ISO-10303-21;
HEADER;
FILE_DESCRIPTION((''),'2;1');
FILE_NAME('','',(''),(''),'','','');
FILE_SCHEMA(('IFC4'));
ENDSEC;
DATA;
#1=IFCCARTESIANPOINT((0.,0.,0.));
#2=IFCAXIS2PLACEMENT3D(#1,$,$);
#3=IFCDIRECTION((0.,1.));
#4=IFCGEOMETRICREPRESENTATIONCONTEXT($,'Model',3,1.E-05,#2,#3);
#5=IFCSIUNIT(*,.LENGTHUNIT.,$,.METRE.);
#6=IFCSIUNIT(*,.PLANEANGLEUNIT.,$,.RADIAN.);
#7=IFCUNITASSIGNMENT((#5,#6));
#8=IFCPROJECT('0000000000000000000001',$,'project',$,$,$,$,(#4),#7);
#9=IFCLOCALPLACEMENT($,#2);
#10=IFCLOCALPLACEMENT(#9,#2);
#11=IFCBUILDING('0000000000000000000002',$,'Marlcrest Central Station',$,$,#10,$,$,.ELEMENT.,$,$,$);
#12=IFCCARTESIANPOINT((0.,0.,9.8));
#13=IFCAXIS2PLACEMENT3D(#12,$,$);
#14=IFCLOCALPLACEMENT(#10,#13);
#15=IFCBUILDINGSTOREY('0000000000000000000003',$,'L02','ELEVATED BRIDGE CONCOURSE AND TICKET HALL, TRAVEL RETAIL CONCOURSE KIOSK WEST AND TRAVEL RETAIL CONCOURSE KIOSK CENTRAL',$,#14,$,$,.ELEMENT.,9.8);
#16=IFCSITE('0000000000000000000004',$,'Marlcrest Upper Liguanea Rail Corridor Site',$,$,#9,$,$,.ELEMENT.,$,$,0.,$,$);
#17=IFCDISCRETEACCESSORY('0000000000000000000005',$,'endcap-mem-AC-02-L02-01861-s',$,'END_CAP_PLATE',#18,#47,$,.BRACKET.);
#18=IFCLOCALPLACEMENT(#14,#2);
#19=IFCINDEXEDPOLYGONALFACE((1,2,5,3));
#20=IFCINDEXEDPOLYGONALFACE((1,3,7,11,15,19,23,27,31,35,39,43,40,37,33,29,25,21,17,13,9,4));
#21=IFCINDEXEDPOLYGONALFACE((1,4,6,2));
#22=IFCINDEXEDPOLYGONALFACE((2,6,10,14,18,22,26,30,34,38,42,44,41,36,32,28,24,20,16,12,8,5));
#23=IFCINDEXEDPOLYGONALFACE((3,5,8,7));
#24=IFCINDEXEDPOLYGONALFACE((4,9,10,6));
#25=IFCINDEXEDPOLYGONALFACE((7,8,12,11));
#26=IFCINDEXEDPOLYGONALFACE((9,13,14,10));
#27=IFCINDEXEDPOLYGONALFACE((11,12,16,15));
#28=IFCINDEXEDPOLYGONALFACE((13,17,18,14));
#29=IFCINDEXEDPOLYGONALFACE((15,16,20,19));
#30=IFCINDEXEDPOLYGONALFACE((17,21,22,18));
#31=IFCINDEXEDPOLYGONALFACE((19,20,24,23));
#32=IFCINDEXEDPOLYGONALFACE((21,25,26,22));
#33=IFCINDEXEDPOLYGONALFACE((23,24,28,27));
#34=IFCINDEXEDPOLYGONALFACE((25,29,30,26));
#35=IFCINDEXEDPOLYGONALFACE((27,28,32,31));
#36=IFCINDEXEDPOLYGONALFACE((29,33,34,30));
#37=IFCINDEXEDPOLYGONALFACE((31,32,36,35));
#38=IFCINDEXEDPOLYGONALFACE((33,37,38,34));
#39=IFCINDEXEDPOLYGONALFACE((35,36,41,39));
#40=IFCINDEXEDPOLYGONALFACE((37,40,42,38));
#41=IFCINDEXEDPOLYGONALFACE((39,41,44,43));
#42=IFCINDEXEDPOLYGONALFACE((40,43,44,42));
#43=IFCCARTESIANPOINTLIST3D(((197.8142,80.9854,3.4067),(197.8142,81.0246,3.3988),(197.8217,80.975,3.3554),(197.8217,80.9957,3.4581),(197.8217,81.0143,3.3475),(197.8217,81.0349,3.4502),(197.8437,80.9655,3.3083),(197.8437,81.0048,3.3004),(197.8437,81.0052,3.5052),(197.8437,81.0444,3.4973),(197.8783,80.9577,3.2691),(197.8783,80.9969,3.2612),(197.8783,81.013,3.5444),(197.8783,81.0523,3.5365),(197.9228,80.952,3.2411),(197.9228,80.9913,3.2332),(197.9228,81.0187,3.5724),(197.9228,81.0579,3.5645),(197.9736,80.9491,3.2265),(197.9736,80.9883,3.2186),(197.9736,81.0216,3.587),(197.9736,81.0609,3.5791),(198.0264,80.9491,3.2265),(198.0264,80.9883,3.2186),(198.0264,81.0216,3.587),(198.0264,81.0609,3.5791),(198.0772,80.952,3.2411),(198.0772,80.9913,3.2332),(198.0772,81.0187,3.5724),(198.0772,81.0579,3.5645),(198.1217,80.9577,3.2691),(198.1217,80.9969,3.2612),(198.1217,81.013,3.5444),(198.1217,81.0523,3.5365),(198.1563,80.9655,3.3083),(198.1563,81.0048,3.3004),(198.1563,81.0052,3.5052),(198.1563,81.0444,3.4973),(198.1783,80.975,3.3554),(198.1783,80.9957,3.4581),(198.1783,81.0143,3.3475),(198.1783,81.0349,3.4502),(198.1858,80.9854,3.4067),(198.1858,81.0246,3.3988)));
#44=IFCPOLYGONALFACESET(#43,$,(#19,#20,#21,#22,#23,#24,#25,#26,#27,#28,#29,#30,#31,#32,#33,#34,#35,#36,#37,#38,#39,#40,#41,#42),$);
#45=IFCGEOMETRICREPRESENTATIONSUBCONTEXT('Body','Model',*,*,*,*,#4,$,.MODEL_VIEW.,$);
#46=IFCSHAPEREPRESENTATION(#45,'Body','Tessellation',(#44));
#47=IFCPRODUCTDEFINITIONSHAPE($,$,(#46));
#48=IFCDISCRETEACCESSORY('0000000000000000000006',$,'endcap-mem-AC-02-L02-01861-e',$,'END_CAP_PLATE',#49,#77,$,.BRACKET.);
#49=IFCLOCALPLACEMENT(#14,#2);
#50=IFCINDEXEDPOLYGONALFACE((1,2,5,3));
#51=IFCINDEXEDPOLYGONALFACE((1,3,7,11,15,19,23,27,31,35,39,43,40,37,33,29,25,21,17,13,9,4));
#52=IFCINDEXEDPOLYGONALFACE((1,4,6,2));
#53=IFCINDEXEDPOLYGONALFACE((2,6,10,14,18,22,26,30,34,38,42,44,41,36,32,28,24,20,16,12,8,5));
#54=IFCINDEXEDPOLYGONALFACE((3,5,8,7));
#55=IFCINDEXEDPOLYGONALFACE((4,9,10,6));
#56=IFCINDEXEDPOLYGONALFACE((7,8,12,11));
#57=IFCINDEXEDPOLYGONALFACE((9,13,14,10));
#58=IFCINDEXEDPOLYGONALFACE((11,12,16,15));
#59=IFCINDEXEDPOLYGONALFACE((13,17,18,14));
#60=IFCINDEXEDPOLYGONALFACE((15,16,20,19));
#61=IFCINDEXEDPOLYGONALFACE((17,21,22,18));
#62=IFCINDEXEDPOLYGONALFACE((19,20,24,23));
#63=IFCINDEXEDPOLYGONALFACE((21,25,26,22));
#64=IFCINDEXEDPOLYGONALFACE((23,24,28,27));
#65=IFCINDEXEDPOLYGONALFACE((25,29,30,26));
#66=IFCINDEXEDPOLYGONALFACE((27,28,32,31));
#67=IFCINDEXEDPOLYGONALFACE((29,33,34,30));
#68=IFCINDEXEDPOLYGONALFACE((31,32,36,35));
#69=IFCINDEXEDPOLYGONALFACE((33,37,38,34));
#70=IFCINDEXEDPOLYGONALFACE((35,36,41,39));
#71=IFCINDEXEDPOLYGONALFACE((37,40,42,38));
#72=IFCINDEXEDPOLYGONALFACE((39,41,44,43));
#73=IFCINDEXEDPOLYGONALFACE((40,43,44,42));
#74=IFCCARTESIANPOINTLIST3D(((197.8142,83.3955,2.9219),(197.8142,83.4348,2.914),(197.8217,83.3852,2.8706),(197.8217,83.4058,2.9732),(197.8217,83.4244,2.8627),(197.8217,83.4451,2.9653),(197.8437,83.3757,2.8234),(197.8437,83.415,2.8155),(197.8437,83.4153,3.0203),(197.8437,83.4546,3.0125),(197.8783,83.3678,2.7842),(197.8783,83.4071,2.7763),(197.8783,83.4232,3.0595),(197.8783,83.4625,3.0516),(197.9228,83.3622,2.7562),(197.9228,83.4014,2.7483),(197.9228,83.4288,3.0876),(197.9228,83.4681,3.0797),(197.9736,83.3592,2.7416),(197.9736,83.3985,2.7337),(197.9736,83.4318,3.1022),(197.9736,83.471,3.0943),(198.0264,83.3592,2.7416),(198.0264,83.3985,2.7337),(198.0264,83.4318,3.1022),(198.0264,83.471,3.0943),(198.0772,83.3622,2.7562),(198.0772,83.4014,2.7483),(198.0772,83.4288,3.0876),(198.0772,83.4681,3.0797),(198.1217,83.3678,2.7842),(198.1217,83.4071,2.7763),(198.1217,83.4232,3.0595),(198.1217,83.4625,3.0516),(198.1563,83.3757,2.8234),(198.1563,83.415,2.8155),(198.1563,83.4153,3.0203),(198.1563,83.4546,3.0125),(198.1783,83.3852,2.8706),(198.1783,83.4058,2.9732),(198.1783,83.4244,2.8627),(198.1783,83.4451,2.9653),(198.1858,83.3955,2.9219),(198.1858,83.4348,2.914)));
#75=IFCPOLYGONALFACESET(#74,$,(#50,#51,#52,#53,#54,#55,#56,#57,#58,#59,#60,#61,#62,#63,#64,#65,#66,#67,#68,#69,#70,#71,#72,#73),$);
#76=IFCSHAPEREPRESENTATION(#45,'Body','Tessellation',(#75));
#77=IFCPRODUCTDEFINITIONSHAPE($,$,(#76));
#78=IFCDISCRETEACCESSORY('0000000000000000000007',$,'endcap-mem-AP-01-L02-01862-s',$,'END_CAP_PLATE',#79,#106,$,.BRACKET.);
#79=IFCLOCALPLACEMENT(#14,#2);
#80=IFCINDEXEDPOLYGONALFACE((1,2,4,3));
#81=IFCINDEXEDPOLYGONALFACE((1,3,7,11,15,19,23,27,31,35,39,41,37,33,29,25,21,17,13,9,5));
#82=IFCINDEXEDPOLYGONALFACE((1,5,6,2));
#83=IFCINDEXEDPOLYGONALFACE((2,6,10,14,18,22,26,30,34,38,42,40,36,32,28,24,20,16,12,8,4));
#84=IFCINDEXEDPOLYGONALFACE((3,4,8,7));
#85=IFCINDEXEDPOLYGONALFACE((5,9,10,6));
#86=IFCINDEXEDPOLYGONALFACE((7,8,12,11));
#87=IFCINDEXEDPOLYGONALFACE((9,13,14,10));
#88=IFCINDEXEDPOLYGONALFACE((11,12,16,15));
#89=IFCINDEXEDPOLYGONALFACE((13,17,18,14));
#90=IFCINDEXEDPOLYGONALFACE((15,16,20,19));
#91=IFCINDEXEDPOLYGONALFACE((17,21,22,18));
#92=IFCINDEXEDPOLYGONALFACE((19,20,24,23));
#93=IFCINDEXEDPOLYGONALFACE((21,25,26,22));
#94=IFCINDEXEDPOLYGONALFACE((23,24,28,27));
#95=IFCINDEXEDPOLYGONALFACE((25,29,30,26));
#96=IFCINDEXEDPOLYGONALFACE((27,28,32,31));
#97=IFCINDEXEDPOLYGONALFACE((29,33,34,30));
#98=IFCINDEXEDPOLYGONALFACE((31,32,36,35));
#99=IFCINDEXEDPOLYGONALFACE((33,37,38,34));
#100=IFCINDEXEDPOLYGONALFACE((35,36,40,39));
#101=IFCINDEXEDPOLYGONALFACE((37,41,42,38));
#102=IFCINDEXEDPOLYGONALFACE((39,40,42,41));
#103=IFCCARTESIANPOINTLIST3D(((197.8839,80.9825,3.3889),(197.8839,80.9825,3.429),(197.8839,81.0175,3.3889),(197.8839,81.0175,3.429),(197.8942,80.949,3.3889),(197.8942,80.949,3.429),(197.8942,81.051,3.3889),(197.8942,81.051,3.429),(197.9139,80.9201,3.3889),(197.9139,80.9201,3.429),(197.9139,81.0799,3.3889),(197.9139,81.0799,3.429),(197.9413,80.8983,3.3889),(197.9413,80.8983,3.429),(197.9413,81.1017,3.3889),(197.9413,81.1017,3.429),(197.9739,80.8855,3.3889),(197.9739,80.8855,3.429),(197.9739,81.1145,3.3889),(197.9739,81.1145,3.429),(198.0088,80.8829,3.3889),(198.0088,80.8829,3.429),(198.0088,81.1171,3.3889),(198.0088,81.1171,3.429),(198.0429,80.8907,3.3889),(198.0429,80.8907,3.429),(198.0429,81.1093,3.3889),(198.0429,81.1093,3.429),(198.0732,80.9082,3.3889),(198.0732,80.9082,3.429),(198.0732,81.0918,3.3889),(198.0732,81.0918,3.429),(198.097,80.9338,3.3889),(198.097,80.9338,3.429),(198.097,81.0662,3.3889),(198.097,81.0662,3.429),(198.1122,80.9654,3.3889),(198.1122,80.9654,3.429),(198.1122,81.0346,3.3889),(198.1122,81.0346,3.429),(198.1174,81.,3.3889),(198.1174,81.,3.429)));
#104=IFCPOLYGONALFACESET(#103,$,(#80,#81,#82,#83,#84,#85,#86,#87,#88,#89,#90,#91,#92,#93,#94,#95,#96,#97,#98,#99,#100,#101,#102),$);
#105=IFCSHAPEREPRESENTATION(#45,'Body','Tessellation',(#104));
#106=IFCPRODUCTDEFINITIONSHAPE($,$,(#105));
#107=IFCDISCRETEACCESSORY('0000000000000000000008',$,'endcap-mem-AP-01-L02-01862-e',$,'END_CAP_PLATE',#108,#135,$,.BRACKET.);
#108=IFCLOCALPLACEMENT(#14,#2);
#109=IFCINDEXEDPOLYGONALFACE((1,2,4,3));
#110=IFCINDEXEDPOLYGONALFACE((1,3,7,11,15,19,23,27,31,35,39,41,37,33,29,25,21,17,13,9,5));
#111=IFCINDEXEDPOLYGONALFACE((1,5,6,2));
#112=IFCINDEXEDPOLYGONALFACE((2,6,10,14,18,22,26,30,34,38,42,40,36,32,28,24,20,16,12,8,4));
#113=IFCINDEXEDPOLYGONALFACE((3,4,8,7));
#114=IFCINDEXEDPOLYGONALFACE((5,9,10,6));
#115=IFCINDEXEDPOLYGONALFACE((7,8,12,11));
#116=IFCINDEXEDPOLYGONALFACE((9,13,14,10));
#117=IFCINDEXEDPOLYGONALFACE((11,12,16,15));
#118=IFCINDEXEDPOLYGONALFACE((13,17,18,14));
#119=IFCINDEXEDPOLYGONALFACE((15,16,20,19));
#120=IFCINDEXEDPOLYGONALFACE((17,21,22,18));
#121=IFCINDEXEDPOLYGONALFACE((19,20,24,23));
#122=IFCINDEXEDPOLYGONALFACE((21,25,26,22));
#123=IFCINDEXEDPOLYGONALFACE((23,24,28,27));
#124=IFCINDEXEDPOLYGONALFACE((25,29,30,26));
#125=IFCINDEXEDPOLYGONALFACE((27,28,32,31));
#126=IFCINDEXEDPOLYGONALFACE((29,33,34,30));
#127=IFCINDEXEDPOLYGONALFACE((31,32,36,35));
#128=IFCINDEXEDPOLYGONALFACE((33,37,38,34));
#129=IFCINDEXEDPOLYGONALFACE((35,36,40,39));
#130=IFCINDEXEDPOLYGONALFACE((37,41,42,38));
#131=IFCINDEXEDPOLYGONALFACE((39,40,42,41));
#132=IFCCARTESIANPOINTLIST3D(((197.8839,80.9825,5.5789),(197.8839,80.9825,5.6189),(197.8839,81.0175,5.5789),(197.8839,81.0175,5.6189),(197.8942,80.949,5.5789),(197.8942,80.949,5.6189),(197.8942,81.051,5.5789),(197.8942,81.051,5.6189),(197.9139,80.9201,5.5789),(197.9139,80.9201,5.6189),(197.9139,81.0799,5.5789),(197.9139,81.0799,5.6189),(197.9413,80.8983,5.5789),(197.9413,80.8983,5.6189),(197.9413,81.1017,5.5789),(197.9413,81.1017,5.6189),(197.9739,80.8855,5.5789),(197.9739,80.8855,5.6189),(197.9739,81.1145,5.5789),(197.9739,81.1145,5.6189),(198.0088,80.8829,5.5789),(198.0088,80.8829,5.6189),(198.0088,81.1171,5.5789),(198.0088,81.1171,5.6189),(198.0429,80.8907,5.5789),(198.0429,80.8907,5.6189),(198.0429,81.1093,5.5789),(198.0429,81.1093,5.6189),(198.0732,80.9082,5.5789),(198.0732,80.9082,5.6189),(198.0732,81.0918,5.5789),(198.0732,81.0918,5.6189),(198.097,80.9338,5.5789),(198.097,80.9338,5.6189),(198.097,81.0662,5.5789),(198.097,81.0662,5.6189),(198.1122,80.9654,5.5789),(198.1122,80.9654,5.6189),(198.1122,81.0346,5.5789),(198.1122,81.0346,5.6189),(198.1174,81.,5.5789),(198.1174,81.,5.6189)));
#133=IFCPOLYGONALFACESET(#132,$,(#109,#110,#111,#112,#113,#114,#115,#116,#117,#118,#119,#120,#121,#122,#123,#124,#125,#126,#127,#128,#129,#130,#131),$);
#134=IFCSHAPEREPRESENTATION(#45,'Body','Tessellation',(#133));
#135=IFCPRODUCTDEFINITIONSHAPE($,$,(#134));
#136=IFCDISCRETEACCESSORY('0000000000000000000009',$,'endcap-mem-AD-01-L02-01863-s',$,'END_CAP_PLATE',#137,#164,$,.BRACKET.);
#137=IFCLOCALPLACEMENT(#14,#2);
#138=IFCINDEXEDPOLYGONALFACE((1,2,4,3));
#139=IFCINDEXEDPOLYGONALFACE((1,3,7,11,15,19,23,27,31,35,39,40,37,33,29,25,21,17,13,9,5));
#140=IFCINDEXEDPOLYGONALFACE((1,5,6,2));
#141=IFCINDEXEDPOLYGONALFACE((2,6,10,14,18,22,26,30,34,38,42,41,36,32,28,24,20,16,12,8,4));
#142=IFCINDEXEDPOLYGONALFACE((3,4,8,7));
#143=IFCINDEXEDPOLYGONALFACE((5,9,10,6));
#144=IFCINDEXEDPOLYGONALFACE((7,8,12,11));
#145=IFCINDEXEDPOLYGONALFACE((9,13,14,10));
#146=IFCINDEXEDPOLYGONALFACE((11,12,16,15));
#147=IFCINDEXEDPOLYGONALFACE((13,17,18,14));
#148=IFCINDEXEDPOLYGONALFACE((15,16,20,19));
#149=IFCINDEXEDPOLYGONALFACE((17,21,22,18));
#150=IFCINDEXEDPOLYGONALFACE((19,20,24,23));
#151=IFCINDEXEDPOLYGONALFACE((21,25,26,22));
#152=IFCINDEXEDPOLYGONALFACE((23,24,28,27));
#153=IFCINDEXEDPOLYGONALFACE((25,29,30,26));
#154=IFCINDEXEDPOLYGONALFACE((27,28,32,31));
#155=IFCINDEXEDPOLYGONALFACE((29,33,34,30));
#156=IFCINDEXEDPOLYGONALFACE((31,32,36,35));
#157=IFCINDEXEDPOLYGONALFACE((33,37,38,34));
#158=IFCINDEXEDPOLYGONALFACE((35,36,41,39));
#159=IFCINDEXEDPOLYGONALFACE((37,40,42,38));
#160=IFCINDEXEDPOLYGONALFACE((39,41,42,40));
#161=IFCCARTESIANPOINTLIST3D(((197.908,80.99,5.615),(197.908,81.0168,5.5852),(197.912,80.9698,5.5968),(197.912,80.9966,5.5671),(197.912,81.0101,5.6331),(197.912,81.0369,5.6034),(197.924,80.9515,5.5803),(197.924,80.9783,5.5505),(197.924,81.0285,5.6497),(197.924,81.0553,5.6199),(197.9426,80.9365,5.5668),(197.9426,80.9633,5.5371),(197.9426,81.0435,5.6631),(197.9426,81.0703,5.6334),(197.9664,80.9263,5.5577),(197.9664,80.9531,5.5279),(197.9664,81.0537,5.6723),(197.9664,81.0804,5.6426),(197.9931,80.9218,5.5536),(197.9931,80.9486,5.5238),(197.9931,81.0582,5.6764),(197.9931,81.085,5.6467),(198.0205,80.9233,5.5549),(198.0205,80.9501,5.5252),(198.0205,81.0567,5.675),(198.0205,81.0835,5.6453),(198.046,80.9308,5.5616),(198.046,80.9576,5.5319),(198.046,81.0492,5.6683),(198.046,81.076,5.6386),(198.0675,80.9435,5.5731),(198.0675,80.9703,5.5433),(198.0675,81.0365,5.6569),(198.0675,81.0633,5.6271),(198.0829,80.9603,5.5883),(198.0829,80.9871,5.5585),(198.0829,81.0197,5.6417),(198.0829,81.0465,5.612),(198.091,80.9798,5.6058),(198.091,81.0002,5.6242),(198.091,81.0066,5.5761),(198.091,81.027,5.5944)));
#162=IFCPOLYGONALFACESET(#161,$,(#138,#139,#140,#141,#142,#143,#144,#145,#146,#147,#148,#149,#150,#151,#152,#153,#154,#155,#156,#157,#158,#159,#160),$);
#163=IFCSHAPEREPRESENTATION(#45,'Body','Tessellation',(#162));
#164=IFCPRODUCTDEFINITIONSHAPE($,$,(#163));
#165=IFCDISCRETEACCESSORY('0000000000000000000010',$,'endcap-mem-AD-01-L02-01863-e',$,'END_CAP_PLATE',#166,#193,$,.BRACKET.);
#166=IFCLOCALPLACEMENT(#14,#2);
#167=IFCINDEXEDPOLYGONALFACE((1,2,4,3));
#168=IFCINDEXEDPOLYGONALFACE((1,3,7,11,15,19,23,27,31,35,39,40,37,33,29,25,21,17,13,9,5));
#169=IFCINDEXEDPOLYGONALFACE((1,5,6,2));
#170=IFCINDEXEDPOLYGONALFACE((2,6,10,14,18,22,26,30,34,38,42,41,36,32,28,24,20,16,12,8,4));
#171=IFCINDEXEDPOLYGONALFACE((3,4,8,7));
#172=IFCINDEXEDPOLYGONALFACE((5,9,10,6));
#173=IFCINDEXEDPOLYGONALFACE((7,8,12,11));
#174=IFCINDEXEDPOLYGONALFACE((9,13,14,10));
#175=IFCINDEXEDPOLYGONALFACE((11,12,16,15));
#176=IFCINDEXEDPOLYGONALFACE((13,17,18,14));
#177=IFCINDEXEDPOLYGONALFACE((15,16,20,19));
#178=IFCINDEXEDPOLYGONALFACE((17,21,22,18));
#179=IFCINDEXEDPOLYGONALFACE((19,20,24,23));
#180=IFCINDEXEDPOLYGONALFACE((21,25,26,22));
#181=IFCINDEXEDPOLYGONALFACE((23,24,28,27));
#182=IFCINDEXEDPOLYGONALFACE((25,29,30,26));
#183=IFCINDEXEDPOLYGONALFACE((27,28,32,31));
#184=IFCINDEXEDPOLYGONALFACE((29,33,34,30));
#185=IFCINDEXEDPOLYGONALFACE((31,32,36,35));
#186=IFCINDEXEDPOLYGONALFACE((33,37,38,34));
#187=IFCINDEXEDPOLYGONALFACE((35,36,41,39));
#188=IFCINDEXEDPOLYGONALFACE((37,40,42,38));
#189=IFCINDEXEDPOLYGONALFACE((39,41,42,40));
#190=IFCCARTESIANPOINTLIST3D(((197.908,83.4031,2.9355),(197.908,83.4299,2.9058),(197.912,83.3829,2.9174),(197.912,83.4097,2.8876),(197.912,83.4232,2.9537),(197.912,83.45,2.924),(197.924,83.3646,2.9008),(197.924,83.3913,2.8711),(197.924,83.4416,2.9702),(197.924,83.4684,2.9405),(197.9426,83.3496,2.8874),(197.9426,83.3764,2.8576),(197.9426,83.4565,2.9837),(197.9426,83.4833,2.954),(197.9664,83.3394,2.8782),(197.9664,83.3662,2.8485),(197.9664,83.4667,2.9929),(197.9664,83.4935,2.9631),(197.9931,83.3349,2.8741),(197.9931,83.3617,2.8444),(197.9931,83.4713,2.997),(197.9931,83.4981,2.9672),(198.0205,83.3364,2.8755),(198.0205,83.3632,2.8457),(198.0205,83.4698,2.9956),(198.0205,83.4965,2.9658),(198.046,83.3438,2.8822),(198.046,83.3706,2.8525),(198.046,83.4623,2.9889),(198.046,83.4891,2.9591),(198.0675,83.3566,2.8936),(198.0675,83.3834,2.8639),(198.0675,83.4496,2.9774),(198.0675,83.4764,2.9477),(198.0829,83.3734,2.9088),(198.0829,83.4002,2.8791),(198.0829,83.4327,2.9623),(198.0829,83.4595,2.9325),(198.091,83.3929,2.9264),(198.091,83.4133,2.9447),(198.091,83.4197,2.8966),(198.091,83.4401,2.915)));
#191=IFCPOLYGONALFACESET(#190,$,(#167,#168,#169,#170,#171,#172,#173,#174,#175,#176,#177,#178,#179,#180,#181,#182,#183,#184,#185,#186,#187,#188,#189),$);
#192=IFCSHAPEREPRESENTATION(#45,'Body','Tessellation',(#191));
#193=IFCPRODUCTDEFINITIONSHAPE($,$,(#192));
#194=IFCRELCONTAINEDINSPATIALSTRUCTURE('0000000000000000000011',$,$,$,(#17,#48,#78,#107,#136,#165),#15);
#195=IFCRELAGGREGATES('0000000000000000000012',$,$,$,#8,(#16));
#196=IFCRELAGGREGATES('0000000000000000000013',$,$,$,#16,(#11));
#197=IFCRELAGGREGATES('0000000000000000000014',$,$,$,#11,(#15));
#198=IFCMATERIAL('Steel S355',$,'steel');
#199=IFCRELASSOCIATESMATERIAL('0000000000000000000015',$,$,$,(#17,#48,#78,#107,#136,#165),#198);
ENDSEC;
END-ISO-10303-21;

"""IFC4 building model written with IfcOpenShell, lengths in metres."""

from ifc_helpers import new_model, si_unit, direction, frame, origin, origin_2d, place, context, subcontext, project, spatial, circle, extrude, material, element, save


model = new_model("IFC4")

# Units and contexts
model_context = context("Model", 3, precision=1e-05, world=origin(), true_north=direction((0.0, 1.0)))
body_context = subcontext(model_context, "Body", "Model", "MODEL_VIEW")
ifc_project = project(units=[si_unit("LENGTHUNIT", "METRE"), si_unit("PLANEANGLEUNIT", "RADIAN")], contexts=[model_context])

# Site, building, storey
site_placement = place(None, origin())
site = spatial("IfcSite", under=ifc_project, at=site_placement, Name="Marlcrest Upper Liguanea Rail Corridor Site", CompositionType="ELEMENT", RefElevation=0.0)
building_placement = place(site_placement, origin())
building = spatial("IfcBuilding", under=site, at=building_placement, Name="Marlcrest Central Station", CompositionType="ELEMENT")
storey_placement = place(building_placement, frame((0.0, 0.0, 9.8)))
storey = spatial("IfcBuildingStorey", under=building, at=storey_placement, Name="L02", Description="ELEVATED BRIDGE CONCOURSE AND TICKET HALL, TRAVEL RETAIL CONCOURSE KIOSK WEST AND TRAVEL RETAIL CONCOURSE KIOSK CENTRAL", CompositionType="ELEMENT", Elevation=9.8)

# Shared definitions
ifc_material_1 = material(Name="Steel S355", Category="steel")

# Discrete accessories
for number, where, z_axis, x_axis, name in (
    (1, (198.0, 80.9854, 3.4067), (0.0, 0.980359, -0.197219), (-1.0, 0.0, 0.0), "endcap-mem-AC-02-L02-01861-s"),
    (2, (198.0, 83.3955, 2.9219), (0.0, 0.980359, -0.197219), (-1.0, 0.0, 0.0), "endcap-mem-AC-02-L02-01861-e"),
):
    element("IfcDiscreteAccessory", number, at=place(storey_placement, frame(where, z_axis=z_axis, x_axis=x_axis)), inside=storey, material=ifc_material_1, Name=name, ObjectType="END_CAP_PLATE", PredefinedType="BRACKET", context=body_context, shape_type="SweptSolid", body=[
        extrude(circle(Radius=0.1858, at=origin_2d()), origin(), (0.0, 0.0, 1.0), 0.04),
    ])
for number, where, z_axis, x_axis, name in (
    (3, (198.0, 81.0, 3.3889), (0.0, 0.0, 1.0), (1.0, 0.0, 0.0), "endcap-mem-AP-01-L02-01862-s"),
    (4, (198.0, 81.0, 5.5789), (0.0, 0.0, 1.0), (1.0, 0.0, 0.0), "endcap-mem-AP-01-L02-01862-e"),
):
    element("IfcDiscreteAccessory", number, at=place(storey_placement, frame(where, z_axis=z_axis, x_axis=x_axis)), inside=storey, material=ifc_material_1, Name=name, ObjectType="END_CAP_PLATE", PredefinedType="BRACKET", context=body_context, shape_type="SweptSolid", body=[
        extrude(circle(Radius=0.1174, at=origin_2d()), origin(), (0.0, 0.0, 1.0), 0.04),
    ])
for number, where, z_axis, x_axis, name in (
    (5, (198.0, 80.99, 5.615), (0.0, 0.669244, -0.743042), (-1.0, 0.0, 0.0), "endcap-mem-AD-01-L02-01863-s"),
    (6, (198.0, 83.4031, 2.9355), (0.0, 0.669244, -0.743042), (-1.0, 0.0, 0.0), "endcap-mem-AD-01-L02-01863-e"),
):
    element("IfcDiscreteAccessory", number, at=place(storey_placement, frame(where, z_axis=z_axis, x_axis=x_axis)), inside=storey, material=ifc_material_1, Name=name, ObjectType="END_CAP_PLATE", PredefinedType="BRACKET", context=body_context, shape_type="SweptSolid", body=[
        extrude(circle(Radius=0.092, at=origin_2d()), origin(), (0.0, 0.0, 1.0), 0.04),
    ])

save(model, "model.ifc")
